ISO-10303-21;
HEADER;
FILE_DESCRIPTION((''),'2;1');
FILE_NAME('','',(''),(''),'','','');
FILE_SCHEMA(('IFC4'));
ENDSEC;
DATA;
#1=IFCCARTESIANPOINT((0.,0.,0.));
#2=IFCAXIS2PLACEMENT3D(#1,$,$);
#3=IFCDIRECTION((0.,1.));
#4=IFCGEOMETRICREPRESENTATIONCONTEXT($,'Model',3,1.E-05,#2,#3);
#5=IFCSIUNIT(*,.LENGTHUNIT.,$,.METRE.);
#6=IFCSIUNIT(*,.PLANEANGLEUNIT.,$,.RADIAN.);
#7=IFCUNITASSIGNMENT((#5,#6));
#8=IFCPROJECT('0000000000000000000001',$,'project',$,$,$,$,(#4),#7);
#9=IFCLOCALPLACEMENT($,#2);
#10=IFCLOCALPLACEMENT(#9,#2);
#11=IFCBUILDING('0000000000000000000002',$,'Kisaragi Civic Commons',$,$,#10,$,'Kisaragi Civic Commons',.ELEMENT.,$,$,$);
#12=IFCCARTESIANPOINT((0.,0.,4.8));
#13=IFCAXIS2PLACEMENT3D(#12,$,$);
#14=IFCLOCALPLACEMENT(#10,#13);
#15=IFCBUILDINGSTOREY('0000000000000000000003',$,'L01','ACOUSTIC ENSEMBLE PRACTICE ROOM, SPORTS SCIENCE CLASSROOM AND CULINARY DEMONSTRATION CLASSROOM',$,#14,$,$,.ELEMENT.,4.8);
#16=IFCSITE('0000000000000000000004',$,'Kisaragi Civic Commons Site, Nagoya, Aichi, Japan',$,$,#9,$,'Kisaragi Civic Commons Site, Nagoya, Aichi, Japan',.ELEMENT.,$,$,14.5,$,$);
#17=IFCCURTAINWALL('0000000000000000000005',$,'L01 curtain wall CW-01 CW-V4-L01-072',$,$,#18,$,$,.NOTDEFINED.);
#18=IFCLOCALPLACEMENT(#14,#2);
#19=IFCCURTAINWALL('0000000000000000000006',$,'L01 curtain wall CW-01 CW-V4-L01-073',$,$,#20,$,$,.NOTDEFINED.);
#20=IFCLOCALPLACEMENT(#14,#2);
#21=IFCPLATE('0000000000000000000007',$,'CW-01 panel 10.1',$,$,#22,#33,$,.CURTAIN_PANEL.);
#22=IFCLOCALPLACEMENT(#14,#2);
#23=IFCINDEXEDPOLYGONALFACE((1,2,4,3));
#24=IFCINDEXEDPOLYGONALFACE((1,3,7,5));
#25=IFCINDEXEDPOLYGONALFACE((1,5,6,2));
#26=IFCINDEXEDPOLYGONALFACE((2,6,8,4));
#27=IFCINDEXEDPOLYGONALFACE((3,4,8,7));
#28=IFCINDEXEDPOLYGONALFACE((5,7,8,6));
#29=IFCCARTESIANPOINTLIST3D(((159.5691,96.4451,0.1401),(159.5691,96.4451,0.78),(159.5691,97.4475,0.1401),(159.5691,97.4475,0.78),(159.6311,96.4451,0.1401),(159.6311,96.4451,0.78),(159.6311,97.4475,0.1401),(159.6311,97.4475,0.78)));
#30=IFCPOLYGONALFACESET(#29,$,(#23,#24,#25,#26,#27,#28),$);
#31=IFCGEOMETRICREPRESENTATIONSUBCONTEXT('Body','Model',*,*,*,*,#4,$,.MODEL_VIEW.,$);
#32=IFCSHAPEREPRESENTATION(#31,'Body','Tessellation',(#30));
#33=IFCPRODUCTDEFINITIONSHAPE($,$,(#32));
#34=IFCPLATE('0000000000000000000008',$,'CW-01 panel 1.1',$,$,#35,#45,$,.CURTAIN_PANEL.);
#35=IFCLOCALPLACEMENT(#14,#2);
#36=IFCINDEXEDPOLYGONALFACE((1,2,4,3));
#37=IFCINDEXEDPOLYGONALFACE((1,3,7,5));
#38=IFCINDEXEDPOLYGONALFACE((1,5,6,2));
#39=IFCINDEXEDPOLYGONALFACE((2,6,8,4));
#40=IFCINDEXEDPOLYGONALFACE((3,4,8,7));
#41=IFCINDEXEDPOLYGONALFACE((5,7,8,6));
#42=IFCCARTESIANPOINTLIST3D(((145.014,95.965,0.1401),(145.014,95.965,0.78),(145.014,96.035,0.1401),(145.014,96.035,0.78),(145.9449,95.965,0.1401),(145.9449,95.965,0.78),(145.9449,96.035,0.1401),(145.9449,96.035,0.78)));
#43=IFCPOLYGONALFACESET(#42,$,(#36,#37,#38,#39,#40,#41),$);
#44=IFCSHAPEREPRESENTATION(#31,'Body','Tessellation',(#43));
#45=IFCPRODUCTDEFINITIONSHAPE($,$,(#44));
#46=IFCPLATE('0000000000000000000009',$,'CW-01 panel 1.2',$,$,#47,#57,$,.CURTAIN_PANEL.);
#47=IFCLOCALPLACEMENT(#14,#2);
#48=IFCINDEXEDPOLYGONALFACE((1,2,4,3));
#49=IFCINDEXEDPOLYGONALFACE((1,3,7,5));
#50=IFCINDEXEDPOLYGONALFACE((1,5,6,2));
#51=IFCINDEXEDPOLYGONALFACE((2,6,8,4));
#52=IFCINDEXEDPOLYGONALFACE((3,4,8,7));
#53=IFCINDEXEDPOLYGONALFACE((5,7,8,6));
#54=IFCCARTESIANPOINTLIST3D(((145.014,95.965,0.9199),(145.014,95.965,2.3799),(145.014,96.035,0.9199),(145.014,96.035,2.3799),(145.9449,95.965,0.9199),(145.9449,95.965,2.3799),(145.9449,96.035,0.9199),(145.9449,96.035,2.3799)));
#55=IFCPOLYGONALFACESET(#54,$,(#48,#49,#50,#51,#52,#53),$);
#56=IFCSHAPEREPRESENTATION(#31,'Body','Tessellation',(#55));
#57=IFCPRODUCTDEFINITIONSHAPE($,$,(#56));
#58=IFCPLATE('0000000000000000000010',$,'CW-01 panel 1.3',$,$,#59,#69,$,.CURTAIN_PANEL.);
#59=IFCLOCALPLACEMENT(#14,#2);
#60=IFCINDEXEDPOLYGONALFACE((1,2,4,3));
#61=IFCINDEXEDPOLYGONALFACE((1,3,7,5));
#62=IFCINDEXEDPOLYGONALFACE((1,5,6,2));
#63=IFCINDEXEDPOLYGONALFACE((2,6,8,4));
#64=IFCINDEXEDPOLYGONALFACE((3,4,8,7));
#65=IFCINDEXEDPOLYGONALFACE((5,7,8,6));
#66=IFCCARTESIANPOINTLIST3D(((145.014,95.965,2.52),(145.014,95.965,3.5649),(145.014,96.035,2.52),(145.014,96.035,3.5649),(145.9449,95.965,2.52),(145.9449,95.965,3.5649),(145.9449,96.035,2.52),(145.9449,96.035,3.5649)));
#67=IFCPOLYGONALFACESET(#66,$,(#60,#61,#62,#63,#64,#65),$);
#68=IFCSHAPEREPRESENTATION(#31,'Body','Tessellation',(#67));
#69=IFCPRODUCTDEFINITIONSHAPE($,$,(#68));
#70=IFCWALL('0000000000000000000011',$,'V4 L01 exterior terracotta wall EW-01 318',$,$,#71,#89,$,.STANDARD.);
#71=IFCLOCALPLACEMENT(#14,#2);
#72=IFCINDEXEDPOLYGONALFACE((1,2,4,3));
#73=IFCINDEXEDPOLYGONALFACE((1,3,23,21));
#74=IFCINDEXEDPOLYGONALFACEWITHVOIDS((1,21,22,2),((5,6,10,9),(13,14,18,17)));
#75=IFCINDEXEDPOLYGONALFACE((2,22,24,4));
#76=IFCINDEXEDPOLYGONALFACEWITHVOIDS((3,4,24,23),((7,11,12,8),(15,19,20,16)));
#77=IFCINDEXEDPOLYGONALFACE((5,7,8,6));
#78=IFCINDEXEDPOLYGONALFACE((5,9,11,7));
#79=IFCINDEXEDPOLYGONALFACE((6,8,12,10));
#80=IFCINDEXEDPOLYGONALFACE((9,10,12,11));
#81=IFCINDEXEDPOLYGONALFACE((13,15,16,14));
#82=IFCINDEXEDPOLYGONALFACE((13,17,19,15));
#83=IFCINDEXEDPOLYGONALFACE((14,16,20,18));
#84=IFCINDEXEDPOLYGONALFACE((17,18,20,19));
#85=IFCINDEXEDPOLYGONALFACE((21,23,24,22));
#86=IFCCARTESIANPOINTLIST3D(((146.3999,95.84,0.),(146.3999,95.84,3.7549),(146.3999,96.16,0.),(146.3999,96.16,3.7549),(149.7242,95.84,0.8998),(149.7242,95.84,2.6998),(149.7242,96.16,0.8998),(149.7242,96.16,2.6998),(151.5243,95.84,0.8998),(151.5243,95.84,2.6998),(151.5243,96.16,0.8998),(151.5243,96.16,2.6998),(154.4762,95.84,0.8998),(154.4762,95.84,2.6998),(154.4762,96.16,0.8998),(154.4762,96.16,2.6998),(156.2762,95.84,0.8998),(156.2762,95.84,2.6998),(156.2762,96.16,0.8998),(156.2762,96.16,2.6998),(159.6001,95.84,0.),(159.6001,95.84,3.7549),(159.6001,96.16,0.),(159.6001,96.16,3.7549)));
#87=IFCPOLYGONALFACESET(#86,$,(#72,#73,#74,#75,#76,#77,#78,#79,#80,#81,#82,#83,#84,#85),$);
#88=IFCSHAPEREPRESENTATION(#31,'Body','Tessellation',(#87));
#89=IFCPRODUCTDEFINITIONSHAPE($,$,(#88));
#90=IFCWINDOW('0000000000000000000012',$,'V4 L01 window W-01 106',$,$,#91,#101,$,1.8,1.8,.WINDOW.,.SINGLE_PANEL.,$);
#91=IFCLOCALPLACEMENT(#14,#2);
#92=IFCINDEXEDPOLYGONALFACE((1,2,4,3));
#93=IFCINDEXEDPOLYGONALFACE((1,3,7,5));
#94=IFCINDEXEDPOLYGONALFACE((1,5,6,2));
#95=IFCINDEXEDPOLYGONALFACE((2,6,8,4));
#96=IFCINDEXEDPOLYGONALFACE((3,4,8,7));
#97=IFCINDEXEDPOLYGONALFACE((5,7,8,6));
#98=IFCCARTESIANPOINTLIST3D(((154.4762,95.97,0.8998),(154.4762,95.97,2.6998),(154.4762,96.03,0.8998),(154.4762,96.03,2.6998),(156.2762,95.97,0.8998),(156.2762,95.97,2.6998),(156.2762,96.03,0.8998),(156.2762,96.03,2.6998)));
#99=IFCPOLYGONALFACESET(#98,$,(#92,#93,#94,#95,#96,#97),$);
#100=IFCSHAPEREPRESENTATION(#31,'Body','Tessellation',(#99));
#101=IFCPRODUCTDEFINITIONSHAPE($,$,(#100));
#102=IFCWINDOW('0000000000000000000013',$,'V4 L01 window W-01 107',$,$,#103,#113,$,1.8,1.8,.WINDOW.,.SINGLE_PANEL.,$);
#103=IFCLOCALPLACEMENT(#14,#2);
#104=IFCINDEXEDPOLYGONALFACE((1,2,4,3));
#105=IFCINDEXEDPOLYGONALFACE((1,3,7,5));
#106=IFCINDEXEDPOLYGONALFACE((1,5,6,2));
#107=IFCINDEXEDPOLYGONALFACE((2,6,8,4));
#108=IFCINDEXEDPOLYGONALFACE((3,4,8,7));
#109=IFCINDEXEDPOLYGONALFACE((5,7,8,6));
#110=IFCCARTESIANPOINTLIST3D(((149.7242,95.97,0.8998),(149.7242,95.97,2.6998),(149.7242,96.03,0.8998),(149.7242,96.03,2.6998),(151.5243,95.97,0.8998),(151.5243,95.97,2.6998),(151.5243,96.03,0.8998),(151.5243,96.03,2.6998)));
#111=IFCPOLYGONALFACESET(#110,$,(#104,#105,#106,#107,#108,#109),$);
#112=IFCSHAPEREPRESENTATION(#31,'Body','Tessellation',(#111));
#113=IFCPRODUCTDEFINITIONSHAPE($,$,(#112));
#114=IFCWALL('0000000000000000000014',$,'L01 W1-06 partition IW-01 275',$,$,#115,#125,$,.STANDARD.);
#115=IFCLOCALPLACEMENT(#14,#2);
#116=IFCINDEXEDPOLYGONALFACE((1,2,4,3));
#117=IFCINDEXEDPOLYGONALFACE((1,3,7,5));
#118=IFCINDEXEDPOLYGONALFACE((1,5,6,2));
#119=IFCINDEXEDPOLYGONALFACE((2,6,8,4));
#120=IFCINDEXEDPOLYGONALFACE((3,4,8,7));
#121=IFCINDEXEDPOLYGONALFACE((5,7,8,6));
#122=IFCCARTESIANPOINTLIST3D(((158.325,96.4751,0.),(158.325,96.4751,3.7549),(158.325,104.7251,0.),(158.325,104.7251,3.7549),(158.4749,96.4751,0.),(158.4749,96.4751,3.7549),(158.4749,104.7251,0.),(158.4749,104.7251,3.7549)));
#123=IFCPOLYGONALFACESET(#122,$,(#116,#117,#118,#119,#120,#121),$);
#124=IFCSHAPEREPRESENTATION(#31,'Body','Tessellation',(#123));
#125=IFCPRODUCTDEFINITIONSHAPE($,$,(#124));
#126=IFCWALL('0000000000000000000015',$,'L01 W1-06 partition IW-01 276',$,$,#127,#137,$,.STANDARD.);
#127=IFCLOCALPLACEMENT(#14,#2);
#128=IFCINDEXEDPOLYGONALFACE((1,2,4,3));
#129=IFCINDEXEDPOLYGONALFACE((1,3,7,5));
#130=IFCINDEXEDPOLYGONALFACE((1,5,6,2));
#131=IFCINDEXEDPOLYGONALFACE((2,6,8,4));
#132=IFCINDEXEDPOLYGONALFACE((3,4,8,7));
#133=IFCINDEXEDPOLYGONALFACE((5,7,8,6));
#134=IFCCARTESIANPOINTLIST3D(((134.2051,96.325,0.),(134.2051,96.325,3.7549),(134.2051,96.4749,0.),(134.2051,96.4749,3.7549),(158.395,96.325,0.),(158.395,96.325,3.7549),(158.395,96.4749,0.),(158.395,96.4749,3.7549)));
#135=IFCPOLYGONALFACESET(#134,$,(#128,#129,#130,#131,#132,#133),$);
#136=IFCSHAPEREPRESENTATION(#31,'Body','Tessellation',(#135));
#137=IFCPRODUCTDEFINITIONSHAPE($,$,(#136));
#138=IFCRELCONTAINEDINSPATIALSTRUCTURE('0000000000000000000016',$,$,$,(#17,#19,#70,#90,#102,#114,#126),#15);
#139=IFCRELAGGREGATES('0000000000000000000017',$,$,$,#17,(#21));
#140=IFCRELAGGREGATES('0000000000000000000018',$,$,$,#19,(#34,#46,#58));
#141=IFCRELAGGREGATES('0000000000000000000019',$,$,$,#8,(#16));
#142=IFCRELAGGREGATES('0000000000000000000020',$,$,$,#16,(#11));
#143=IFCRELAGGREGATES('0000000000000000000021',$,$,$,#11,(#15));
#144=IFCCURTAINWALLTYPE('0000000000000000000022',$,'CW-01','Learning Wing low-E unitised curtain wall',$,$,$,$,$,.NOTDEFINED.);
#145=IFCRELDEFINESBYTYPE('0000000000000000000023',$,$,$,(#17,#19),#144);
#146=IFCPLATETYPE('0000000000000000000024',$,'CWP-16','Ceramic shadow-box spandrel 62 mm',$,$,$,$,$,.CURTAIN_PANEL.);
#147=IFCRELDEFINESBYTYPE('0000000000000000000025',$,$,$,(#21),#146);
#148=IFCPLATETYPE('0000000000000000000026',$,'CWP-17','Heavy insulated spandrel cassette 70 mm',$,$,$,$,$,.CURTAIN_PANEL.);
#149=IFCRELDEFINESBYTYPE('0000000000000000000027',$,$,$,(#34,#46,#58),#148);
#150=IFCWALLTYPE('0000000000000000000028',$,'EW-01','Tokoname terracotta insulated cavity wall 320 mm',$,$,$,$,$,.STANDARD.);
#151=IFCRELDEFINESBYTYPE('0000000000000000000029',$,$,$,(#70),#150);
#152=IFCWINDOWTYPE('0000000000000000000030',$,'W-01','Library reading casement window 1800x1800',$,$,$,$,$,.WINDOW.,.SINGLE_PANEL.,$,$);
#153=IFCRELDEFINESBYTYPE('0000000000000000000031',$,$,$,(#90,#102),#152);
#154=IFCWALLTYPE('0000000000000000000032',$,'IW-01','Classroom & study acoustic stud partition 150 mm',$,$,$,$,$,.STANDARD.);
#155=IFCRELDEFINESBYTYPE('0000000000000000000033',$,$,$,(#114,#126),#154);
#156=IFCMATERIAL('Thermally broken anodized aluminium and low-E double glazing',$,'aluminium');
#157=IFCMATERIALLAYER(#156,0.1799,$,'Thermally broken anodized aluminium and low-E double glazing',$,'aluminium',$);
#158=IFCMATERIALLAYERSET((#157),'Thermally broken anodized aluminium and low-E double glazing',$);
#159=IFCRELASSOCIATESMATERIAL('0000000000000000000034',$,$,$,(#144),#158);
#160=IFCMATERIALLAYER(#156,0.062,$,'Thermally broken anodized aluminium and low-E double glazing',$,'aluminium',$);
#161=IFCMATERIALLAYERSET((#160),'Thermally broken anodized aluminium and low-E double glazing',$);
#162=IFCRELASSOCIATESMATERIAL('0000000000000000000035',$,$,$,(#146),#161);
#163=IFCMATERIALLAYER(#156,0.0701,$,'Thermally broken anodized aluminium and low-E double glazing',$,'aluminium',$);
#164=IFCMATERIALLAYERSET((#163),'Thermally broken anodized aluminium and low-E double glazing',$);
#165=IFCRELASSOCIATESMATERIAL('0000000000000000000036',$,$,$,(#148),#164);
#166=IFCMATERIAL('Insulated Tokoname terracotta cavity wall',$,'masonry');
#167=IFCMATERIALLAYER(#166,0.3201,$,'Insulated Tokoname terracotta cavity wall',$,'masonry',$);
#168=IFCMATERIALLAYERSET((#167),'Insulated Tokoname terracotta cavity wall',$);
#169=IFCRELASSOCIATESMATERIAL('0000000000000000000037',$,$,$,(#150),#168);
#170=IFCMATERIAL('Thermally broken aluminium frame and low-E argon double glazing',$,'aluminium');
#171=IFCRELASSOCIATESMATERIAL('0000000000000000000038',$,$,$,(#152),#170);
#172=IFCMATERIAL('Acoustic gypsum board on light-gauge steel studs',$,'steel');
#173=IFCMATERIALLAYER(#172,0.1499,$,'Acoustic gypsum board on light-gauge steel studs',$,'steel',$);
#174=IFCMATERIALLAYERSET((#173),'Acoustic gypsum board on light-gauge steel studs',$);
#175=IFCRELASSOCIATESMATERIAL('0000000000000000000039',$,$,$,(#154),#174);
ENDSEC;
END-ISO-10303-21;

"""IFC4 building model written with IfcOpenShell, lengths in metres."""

from ifc_helpers import new_model, si_unit, direction, frame, frame_2d, origin, origin_2d, place, context, subcontext, project, spatial, rectangle, extrude, material, layer, layer_set, type_object, element, fill, aggregate, save


model = new_model("IFC4")

# Units and contexts
model_context = context("Model", 3, precision=1e-05, world=origin(), true_north=direction((0.0, 1.0)))
body_context = subcontext(model_context, "Body", "Model", "MODEL_VIEW")
ifc_project = project(units=[si_unit("LENGTHUNIT", "METRE"), si_unit("PLANEANGLEUNIT", "RADIAN")], contexts=[model_context])

# Site, building, storey
site_placement = place(None, origin())
site = spatial("IfcSite", under=ifc_project, at=site_placement, Name="Kisaragi Civic Commons Site, Nagoya, Aichi, Japan", LongName="Kisaragi Civic Commons Site, Nagoya, Aichi, Japan", CompositionType="ELEMENT", RefElevation=14.5)
building_placement = place(site_placement, origin())
building = spatial("IfcBuilding", under=site, at=building_placement, Name="Kisaragi Civic Commons", LongName="Kisaragi Civic Commons", CompositionType="ELEMENT")
storey_placement = place(building_placement, frame((0.0, 0.0, 4.8)))
storey = spatial("IfcBuildingStorey", under=building, at=storey_placement, Name="L01", Description="ACOUSTIC ENSEMBLE PRACTICE ROOM, SPORTS SCIENCE CLASSROOM AND CULINARY DEMONSTRATION CLASSROOM", CompositionType="ELEMENT", Elevation=4.8)

# Curtain wall
ifc_material_1 = material(Name="Thermally broken anodized aluminium and low-E double glazing", Category="aluminium")
ifc_layer_1 = layer(ifc_material_1, 0.1799, Name="Thermally broken anodized aluminium and low-E double glazing", Category="aluminium")
ifc_layer_set_1 = layer_set([ifc_layer_1], Name="Thermally broken anodized aluminium and low-E double glazing")
curtain_wall_type = type_object("IfcCurtainWallType", Name="CW-01", Description="Learning Wing low-E unitised curtain wall", PredefinedType="NOTDEFINED", material=ifc_layer_set_1)
curtain_wall_1_placement = place(storey_placement, origin())
curtain_wall_1 = element("IfcCurtainWall", 1, at=curtain_wall_1_placement, inside=storey, type_object=curtain_wall_type, Name="L01 curtain wall CW-01 CW-V4-L01-072", PredefinedType="NOTDEFINED")

# Curtain wall
curtain_wall_2_placement = place(storey_placement, origin())
curtain_wall_2 = element("IfcCurtainWall", 2, at=curtain_wall_2_placement, inside=storey, type_object=curtain_wall_type, Name="L01 curtain wall CW-01 CW-V4-L01-073", PredefinedType="NOTDEFINED")

# Plates
ifc_layer_2 = layer(ifc_material_1, 0.062, Name="Thermally broken anodized aluminium and low-E double glazing", Category="aluminium")
ifc_layer_set_2 = layer_set([ifc_layer_2], Name="Thermally broken anodized aluminium and low-E double glazing")
plate_type_1 = type_object("IfcPlateType", Name="CWP-16", Description="Ceramic shadow-box spandrel 62 mm", PredefinedType="CURTAIN_PANEL", material=ifc_layer_set_2)
plate_1_placement = place(storey_placement, frame((159.6001, 96.9463, 0.1401), z_axis=(0.0, 0.0, 1.0), x_axis=(0.0, -1.0, 0.0)))
plate_1 = element("IfcPlate", 3, at=plate_1_placement, type_object=plate_type_1, Name="CW-01 panel 10.1", PredefinedType="CURTAIN_PANEL", context=body_context, shape_type="SweptSolid", body=[
    extrude(rectangle(XDim=1.0024, YDim=0.062, at=origin_2d()), origin(), (0.0, 0.0, 1.0), 0.6399),
])
aggregate(curtain_wall_1, [plate_1])
ifc_layer_3 = layer(ifc_material_1, 0.0701, Name="Thermally broken anodized aluminium and low-E double glazing", Category="aluminium")
ifc_layer_set_3 = layer_set([ifc_layer_3], Name="Thermally broken anodized aluminium and low-E double glazing")
plate_type_2 = type_object("IfcPlateType", Name="CWP-17", Description="Heavy insulated spandrel cassette 70 mm", PredefinedType="CURTAIN_PANEL", material=ifc_layer_set_3)
plate_2_placement = place(storey_placement, frame((145.4795, 96.0, 0.1401), z_axis=(0.0, 0.0, 1.0), x_axis=(-1.0, 0.0, 0.0)))
plate_2 = element("IfcPlate", 4, at=plate_2_placement, type_object=plate_type_2, Name="CW-01 panel 1.1", PredefinedType="CURTAIN_PANEL", context=body_context, shape_type="SweptSolid", body=[
    extrude(rectangle(XDim=0.9309, YDim=0.0701, at=origin_2d()), origin(), (0.0, 0.0, 1.0), 0.6399),
])
plate_3_placement = place(storey_placement, frame((145.4795, 96.0, 0.9199), z_axis=(0.0, 0.0, 1.0), x_axis=(-1.0, 0.0, 0.0)))
plate_3 = element("IfcPlate", 5, at=plate_3_placement, type_object=plate_type_2, Name="CW-01 panel 1.2", PredefinedType="CURTAIN_PANEL", context=body_context, shape_type="SweptSolid", body=[
    extrude(rectangle(XDim=0.9309, YDim=0.0701, at=origin_2d()), origin(), (0.0, 0.0, 1.0), 1.46),
])
plate_4_placement = place(storey_placement, frame((145.4795, 96.0, 2.52), z_axis=(0.0, 0.0, 1.0), x_axis=(-1.0, 0.0, 0.0)))
plate_4 = element("IfcPlate", 6, at=plate_4_placement, type_object=plate_type_2, Name="CW-01 panel 1.3", PredefinedType="CURTAIN_PANEL", context=body_context, shape_type="SweptSolid", body=[
    extrude(rectangle(XDim=0.9309, YDim=0.0701, at=origin_2d()), origin(), (0.0, 0.0, 1.0), 1.0449),
])
aggregate(curtain_wall_2, [plate_2, plate_3, plate_4])

# Wall, openings, windows
ifc_material_2 = material(Name="Insulated Tokoname terracotta cavity wall", Category="masonry")
ifc_layer_4 = layer(ifc_material_2, 0.3201, Name="Insulated Tokoname terracotta cavity wall", Category="masonry")
ifc_layer_set_4 = layer_set([ifc_layer_4], Name="Insulated Tokoname terracotta cavity wall")
wall_type_1 = type_object("IfcWallType", Name="EW-01", Description="Tokoname terracotta insulated cavity wall 320 mm", PredefinedType="STANDARD", material=ifc_layer_set_4)
wall_1_placement = place(storey_placement, frame((159.6001, 96.0, 0.0), z_axis=(0.0, 0.0, 1.0), x_axis=(-1.0, 0.0, 0.0)))
wall_1 = element("IfcWall", 7, at=wall_1_placement, inside=storey, type_object=wall_type_1, Name="V4 L01 exterior terracotta wall EW-01 318", PredefinedType="STANDARD", context=body_context, shape_type="SweptSolid", body=[
    extrude(rectangle(XDim=13.2002, YDim=0.3201, at=frame_2d((6.6001, 0.0))), origin(), (0.0, 0.0, 1.0), 3.7549),
])
opening_1_placement = place(wall_1_placement, frame((3.324, 0.0, 0.8999)))
opening_1 = element("IfcOpeningElement", 8, at=opening_1_placement, cuts=wall_1, PredefinedType="OPENING", context=body_context, shape_type="SweptSolid", body=[
    extrude(rectangle(XDim=1.8, YDim=1.8, at=frame_2d((0.8999, 0.8999))), frame((0.0, 0.1699, 0.0), z_axis=(0.0, -1.0, 0.0), x_axis=(1.0, 0.0, 0.0)), (0.0, 0.0, 1.0), 0.3401),
])
opening_2_placement = place(wall_1_placement, frame((8.0759, 0.0, 0.8999)))
opening_2 = element("IfcOpeningElement", 9, at=opening_2_placement, cuts=wall_1, PredefinedType="OPENING", context=body_context, shape_type="SweptSolid", body=[
    extrude(rectangle(XDim=1.8, YDim=1.8, at=frame_2d((0.8999, 0.8999))), frame((0.0, 0.1699, 0.0), z_axis=(0.0, -1.0, 0.0), x_axis=(1.0, 0.0, 0.0)), (0.0, 0.0, 1.0), 0.3401),
])
ifc_material_3 = material(Name="Thermally broken aluminium frame and low-E argon double glazing", Category="aluminium")
window_type = type_object("IfcWindowType", Name="W-01", Description="Library reading casement window 1800x1800", PartitioningType="SINGLE_PANEL", PredefinedType="WINDOW", material=ifc_material_3)
window_1_placement = place(opening_1_placement, origin())
window_1 = element("IfcWindow", 10, at=window_1_placement, inside=storey, type_object=window_type, Name="V4 L01 window W-01 106", OverallHeight=1.8, OverallWidth=1.8, PartitioningType="SINGLE_PANEL", PredefinedType="WINDOW", context=body_context, shape_type="SweptSolid", body=[
    extrude(rectangle(XDim=1.8, YDim=1.8, at=frame_2d((0.8999, 0.8999))), frame((0.0, 0.03, 0.0), z_axis=(0.0, -1.0, 0.0), x_axis=(1.0, 0.0, 0.0)), (0.0, 0.0, 1.0), 0.0601),
])
fill(opening_1, window_1)
window_2_placement = place(opening_2_placement, origin())
window_2 = element("IfcWindow", 11, at=window_2_placement, inside=storey, type_object=window_type, Name="V4 L01 window W-01 107", OverallHeight=1.8, OverallWidth=1.8, PartitioningType="SINGLE_PANEL", PredefinedType="WINDOW", context=body_context, shape_type="SweptSolid", body=[
    extrude(rectangle(XDim=1.8, YDim=1.8, at=frame_2d((0.8999, 0.8999))), frame((0.0, 0.03, 0.0), z_axis=(0.0, -1.0, 0.0), x_axis=(1.0, 0.0, 0.0)), (0.0, 0.0, 1.0), 0.0601),
])
fill(opening_2, window_2)

# Walls
ifc_material_4 = material(Name="Acoustic gypsum board on light-gauge steel studs", Category="steel")
ifc_layer_5 = layer(ifc_material_4, 0.1499, Name="Acoustic gypsum board on light-gauge steel studs", Category="steel")
ifc_layer_set_5 = layer_set([ifc_layer_5], Name="Acoustic gypsum board on light-gauge steel studs")
wall_type_2 = type_object("IfcWallType", Name="IW-01", Description="Classroom & study acoustic stud partition 150 mm", PredefinedType="STANDARD", material=ifc_layer_set_5)
wall_2_placement = place(storey_placement, frame((158.3999, 104.7251, 0.0), z_axis=(0.0, 0.0, 1.0), x_axis=(0.0, -1.0, 0.0)))
element("IfcWall", 12, at=wall_2_placement, inside=storey, type_object=wall_type_2, Name="L01 W1-06 partition IW-01 275", PredefinedType="STANDARD", context=body_context, shape_type="SweptSolid", body=[
    extrude(rectangle(XDim=8.25, YDim=0.1499, at=frame_2d((4.125, 0.0))), origin(), (0.0, 0.0, 1.0), 3.7549),
])
wall_3_placement = place(storey_placement, frame((158.395, 96.3999, 0.0), z_axis=(0.0, 0.0, 1.0), x_axis=(-1.0, 0.0, 0.0)))
element("IfcWall", 13, at=wall_3_placement, inside=storey, type_object=wall_type_2, Name="L01 W1-06 partition IW-01 276", PredefinedType="STANDARD", context=body_context, shape_type="SweptSolid", body=[
    extrude(rectangle(XDim=24.1899, YDim=0.1499, at=frame_2d((12.095, 0.0))), origin(), (0.0, 0.0, 1.0), 3.7549),
])

save(model, "model.ifc")
